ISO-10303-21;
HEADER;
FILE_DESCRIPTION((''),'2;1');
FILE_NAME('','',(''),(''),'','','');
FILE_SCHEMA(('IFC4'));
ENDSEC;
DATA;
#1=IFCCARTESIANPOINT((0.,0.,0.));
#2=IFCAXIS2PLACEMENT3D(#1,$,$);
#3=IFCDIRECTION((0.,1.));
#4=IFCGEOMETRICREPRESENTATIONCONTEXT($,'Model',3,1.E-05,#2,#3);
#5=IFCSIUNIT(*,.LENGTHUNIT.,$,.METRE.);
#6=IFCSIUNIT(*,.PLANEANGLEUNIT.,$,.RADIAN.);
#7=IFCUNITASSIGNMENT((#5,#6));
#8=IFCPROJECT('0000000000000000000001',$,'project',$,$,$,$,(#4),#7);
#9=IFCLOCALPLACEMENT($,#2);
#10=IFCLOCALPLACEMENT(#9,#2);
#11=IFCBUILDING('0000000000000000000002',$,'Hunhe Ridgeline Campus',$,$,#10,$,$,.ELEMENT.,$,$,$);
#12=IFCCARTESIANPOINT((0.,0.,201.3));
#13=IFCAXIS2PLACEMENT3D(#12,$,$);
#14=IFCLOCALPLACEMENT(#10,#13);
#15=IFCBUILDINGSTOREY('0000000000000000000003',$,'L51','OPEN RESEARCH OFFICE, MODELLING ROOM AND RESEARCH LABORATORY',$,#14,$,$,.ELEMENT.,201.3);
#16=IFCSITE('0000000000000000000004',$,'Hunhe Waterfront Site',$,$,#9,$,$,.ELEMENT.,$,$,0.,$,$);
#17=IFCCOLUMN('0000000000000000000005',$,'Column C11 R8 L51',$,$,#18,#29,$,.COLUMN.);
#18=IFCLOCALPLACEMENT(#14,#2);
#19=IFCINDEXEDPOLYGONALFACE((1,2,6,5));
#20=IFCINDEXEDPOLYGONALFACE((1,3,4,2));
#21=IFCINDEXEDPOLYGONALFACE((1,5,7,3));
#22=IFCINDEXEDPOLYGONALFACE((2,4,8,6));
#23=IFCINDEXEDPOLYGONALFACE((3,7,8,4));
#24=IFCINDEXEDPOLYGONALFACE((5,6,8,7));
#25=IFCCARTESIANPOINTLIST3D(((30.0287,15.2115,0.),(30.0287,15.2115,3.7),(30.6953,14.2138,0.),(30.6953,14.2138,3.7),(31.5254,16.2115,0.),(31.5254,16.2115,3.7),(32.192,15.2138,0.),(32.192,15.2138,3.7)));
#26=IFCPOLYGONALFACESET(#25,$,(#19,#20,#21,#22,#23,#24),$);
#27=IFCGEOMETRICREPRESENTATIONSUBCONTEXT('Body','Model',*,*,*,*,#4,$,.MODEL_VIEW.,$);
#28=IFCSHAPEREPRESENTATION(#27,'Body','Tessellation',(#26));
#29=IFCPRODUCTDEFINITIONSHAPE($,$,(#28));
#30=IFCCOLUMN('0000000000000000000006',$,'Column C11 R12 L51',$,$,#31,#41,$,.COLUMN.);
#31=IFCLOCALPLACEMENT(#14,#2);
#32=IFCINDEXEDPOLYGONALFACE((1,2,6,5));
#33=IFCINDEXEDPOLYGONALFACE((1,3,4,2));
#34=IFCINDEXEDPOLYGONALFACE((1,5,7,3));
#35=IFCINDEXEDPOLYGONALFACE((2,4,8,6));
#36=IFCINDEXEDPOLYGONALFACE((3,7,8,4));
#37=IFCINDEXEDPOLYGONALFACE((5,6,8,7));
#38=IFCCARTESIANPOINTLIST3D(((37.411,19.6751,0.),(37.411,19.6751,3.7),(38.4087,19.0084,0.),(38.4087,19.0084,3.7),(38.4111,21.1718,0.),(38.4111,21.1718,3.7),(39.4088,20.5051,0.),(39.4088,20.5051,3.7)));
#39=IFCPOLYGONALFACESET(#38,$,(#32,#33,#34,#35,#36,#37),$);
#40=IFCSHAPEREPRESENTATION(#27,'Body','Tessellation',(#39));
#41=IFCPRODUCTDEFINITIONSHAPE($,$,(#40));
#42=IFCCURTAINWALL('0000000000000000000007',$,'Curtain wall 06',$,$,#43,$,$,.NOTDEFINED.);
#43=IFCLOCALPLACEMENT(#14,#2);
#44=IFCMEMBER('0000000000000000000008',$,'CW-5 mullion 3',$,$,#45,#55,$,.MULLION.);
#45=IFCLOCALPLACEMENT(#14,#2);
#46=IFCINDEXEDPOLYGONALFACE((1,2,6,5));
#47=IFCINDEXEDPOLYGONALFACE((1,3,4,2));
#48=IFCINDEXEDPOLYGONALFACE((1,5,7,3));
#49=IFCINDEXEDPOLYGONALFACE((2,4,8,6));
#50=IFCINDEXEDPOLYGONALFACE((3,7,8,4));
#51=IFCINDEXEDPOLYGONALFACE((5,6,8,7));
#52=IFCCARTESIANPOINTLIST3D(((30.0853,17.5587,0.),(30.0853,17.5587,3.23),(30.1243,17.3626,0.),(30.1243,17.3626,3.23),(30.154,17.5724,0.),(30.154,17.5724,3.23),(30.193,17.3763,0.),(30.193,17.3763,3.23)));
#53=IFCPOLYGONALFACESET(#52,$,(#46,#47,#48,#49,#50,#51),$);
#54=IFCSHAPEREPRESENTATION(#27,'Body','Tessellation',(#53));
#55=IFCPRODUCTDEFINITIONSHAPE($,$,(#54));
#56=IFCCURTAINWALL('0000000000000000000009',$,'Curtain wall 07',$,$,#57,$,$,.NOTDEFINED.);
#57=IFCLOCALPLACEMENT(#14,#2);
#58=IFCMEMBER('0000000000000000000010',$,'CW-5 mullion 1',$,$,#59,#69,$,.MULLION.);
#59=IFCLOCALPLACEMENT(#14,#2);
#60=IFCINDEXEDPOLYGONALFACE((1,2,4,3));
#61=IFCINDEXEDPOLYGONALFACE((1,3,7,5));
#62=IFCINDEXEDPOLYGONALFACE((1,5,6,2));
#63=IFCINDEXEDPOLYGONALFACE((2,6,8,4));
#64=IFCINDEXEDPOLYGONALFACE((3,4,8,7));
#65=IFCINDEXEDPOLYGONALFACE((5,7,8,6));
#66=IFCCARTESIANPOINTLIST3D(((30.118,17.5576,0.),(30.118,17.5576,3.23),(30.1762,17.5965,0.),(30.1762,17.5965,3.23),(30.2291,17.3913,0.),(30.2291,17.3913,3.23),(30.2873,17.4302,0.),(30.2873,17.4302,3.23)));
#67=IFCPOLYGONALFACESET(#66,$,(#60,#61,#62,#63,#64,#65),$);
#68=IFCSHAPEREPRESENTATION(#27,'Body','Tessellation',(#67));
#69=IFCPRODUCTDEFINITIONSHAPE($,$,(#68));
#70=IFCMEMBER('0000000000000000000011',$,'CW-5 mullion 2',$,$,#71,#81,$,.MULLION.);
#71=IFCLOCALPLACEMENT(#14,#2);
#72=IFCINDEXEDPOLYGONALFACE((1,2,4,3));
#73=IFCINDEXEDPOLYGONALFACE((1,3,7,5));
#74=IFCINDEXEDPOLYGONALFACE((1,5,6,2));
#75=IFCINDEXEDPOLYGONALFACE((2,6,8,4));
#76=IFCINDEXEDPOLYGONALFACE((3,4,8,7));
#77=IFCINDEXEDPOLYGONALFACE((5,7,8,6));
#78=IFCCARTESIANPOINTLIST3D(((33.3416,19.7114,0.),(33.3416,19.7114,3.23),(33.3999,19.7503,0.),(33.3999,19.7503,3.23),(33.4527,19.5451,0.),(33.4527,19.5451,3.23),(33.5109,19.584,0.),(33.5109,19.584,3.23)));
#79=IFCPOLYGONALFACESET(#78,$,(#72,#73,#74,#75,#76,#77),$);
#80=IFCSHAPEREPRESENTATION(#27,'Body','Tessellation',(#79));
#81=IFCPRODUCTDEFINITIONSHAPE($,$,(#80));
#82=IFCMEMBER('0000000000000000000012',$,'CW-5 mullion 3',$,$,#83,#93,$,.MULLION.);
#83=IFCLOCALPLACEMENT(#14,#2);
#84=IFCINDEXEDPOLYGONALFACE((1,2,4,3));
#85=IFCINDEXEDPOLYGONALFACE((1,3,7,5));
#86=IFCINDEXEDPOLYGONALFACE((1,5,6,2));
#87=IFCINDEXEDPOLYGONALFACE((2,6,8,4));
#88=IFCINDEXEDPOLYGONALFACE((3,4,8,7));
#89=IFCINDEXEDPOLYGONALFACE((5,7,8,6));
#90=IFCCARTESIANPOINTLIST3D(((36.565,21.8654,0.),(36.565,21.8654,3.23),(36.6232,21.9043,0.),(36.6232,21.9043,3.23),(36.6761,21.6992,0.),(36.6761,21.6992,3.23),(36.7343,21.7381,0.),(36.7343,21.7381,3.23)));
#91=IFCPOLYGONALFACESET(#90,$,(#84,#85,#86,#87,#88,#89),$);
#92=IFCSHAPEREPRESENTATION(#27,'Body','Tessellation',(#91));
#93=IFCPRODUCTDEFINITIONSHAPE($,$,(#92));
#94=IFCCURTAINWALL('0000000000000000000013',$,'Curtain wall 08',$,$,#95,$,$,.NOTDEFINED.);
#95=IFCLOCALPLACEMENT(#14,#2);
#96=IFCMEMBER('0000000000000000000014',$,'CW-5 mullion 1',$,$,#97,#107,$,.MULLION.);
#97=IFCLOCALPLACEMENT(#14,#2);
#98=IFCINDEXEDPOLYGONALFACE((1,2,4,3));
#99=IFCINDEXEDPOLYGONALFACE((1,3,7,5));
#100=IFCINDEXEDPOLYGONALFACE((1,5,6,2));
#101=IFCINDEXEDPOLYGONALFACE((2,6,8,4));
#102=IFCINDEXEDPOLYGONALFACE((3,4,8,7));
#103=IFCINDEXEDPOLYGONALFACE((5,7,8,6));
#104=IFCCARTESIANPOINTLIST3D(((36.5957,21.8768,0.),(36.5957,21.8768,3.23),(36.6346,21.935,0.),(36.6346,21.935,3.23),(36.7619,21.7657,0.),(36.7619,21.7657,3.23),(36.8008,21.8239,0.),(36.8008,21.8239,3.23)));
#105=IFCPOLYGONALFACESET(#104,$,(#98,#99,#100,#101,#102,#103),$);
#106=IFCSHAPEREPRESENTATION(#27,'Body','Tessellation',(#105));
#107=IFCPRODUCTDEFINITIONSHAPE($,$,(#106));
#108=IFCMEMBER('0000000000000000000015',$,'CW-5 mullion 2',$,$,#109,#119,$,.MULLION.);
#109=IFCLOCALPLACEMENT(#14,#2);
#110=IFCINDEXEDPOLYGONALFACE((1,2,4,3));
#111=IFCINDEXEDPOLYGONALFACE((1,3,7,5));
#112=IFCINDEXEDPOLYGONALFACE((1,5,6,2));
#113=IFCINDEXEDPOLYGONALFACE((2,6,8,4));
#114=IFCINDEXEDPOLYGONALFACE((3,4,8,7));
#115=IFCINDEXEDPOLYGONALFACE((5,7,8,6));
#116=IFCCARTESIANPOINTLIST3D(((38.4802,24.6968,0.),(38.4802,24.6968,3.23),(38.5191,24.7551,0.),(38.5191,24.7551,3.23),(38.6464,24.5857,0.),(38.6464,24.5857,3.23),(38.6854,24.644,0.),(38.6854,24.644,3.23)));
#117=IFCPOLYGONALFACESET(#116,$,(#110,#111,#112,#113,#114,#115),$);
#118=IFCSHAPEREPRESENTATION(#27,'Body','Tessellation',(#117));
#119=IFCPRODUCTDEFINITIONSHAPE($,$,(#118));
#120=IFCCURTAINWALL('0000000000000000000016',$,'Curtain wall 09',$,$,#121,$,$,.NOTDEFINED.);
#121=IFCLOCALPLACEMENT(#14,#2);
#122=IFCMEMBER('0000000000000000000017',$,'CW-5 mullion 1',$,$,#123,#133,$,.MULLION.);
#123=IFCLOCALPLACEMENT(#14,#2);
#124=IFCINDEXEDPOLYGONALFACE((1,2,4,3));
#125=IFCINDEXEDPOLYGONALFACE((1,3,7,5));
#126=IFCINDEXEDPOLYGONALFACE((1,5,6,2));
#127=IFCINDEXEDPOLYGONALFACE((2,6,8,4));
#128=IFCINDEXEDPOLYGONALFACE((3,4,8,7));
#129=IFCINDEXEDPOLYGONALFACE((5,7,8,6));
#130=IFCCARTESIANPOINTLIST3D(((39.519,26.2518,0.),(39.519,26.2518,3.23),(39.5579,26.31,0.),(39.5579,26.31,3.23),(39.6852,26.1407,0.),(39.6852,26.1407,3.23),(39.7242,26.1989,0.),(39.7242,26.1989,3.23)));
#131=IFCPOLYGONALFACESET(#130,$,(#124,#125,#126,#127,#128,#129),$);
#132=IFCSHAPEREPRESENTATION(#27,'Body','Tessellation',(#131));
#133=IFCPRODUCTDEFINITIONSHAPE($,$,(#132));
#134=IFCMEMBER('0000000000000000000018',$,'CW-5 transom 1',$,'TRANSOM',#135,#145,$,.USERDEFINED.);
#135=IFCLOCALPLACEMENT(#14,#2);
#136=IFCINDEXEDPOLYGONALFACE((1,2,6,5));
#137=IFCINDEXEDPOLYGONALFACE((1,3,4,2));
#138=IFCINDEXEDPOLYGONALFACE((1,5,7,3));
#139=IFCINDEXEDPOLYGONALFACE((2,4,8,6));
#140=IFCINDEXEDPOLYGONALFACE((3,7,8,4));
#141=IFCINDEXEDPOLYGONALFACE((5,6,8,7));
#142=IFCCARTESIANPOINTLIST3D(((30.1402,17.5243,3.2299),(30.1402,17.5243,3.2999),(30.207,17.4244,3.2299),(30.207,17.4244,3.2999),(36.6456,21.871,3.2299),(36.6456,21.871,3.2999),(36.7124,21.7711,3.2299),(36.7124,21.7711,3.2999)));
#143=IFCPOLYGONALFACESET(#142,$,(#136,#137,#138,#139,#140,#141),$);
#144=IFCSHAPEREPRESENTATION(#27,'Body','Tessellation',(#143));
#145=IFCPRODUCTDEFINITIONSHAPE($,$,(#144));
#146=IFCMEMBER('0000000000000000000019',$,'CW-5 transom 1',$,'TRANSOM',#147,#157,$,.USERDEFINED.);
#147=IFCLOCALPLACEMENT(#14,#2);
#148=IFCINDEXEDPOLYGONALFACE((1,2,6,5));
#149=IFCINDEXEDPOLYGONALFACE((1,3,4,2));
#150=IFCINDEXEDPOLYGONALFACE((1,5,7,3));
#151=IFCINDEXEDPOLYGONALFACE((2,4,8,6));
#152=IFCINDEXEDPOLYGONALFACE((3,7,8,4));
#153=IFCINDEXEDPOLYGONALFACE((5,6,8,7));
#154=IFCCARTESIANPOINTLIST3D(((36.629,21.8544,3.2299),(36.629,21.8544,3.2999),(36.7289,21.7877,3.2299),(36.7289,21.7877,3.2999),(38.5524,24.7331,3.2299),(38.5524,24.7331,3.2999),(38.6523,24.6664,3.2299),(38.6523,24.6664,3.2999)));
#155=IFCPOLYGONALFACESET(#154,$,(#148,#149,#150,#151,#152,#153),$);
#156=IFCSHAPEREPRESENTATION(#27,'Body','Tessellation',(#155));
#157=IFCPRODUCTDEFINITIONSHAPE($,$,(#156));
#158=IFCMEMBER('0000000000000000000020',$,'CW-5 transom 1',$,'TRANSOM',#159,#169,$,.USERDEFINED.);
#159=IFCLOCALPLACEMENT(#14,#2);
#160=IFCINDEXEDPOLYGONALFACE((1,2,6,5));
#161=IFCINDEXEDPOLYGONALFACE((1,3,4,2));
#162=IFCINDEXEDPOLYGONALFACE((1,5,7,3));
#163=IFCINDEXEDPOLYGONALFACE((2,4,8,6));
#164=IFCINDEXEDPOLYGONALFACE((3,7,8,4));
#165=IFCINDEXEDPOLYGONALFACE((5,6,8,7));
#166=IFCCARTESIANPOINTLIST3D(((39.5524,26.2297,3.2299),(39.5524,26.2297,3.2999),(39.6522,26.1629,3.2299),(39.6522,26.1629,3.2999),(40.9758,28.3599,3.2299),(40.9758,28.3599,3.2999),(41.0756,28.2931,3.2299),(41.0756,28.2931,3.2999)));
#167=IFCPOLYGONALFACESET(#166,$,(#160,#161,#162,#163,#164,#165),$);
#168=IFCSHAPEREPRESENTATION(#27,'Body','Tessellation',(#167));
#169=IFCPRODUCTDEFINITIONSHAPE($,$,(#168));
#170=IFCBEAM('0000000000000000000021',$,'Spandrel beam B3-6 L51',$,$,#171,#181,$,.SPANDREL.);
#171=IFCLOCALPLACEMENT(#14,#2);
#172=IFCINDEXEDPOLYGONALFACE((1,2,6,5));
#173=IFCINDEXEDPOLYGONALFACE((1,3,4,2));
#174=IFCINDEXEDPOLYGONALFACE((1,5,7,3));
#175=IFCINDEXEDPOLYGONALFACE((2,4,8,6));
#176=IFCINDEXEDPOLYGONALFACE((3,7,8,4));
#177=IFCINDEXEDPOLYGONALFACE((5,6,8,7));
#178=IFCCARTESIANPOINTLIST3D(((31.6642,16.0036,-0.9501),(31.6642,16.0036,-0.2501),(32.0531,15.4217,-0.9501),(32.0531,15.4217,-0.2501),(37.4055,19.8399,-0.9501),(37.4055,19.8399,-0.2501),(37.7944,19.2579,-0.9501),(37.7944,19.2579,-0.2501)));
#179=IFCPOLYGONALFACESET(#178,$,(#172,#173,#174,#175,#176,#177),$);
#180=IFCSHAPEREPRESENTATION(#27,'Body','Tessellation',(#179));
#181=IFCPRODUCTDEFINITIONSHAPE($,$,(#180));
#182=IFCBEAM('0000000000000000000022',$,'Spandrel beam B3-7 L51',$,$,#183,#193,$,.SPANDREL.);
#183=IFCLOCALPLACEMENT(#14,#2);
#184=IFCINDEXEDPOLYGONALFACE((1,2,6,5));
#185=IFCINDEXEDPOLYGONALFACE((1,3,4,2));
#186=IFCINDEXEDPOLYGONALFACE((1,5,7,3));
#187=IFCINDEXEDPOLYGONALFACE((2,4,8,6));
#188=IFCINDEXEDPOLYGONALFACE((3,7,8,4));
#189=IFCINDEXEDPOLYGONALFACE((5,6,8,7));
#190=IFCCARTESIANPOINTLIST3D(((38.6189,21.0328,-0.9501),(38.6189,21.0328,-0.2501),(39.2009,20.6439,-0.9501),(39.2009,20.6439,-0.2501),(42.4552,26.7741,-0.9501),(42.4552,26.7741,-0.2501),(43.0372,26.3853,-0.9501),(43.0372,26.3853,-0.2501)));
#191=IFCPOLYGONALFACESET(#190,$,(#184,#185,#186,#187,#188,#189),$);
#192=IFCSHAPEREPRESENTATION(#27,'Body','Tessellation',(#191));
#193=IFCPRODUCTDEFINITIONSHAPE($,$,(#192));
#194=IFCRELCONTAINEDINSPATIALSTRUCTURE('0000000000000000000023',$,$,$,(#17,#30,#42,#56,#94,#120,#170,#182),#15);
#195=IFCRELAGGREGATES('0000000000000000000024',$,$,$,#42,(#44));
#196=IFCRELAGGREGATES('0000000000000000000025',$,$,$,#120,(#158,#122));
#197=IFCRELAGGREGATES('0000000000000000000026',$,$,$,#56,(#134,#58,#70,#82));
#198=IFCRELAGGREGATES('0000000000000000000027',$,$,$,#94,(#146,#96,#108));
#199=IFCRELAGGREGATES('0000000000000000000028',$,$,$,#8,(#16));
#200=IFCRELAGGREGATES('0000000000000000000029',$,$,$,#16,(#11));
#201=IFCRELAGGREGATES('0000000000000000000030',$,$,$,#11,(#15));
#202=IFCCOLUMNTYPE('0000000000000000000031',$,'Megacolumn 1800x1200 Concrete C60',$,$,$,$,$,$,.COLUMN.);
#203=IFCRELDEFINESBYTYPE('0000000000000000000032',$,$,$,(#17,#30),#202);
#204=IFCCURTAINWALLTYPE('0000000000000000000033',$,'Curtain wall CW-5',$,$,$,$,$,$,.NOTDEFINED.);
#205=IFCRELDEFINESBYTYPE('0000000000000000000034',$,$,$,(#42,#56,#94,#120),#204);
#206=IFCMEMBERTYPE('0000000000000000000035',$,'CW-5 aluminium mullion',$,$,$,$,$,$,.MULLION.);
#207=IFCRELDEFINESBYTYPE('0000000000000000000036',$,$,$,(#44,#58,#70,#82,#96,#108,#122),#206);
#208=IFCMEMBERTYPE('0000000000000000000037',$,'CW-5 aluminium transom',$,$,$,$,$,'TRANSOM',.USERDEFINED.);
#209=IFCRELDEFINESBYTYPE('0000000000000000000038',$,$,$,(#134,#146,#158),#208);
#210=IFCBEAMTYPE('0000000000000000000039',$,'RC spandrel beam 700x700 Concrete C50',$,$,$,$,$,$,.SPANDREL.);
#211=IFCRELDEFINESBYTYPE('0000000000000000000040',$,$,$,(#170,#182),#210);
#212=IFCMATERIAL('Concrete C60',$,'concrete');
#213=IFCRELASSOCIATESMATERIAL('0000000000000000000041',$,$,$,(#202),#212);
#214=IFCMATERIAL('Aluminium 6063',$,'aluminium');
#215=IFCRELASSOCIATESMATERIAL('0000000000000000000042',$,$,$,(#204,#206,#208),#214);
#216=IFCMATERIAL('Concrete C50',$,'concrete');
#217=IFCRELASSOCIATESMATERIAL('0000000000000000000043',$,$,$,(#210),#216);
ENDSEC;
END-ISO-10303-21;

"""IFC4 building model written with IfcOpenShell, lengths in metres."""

from ifc_helpers import new_model, si_unit, direction, frame, origin, origin_2d, place, context, subcontext, project, spatial, rectangle, extrude, material, material_profile, profile_set, type_object, element, aggregate, save


model = new_model("IFC4")

# Units and contexts
model_context = context("Model", 3, precision=1e-05, world=origin(), true_north=direction((0.0, 1.0)))
body_context = subcontext(model_context, "Body", "Model", "MODEL_VIEW")
ifc_project = project(units=[si_unit("LENGTHUNIT", "METRE"), si_unit("PLANEANGLEUNIT", "RADIAN")], contexts=[model_context])

# Site, building, storey
site_placement = place(None, origin())
site = spatial("IfcSite", under=ifc_project, at=site_placement, Name="Hunhe Waterfront Site", CompositionType="ELEMENT", RefElevation=0.0)
building_placement = place(site_placement, origin())
building = spatial("IfcBuilding", under=site, at=building_placement, Name="Hunhe Ridgeline Campus", CompositionType="ELEMENT")
storey_placement = place(building_placement, frame((0.0, 0.0, 201.3)))
storey = spatial("IfcBuildingStorey", under=building, at=storey_placement, Name="L51", Description="OPEN RESEARCH OFFICE, MODELLING ROOM AND RESEARCH LABORATORY", CompositionType="ELEMENT", Elevation=201.3)

# Columns
ifc_material_1 = material(Name="Concrete C60", Category="concrete")
ifc_material_profile_1 = material_profile(ifc_material_1, rectangle(XDim=1.8, YDim=1.2, at=origin_2d()))
ifc_profile_set_1 = profile_set([ifc_material_profile_1], Name="Concrete C60")
column_type = type_object("IfcColumnType", Name="Megacolumn 1800x1200 Concrete C60", PredefinedType="COLUMN", material=ifc_profile_set_1)
for number, where, z_axis, x_axis, name in (
    (1, (31.1104, 15.2126, 0.0), (0.0, 0.0, 1.0), (0.83147, 0.55557, 0.0), "Column C11 R8 L51"),
    (2, (38.4099, 20.0901, 0.0), (0.0, 0.0, 1.0), (0.55557, 0.83147, 0.0), "Column C11 R12 L51"),
):
    element("IfcColumn", number, at=place(storey_placement, frame(where, z_axis=z_axis, x_axis=x_axis)), inside=storey, type_object=column_type, Name=name, PredefinedType="COLUMN", context=body_context, shape_type="SweptSolid", body=[
        extrude(rectangle(XDim=1.8, YDim=1.2, at=origin_2d()), origin(), (0.0, 0.0, 1.0), 3.7),
    ])

# Curtain wall, member
ifc_material_2 = material(Name="Aluminium 6063", Category="aluminium")
curtain_wall_type = type_object("IfcCurtainWallType", Name="Curtain wall CW-5", PredefinedType="NOTDEFINED", material=ifc_material_2)
curtain_wall_1_placement = place(storey_placement, origin())
curtain_wall_1 = element("IfcCurtainWall", 3, at=curtain_wall_1_placement, inside=storey, type_object=curtain_wall_type, Name="Curtain wall 06", PredefinedType="NOTDEFINED")
ifc_material_profile_2 = material_profile(ifc_material_2, rectangle(XDim=0.2, YDim=0.0701, at=origin_2d()))
ifc_profile_set_2 = profile_set([ifc_material_profile_2], Name="Aluminium 6063")
member_type_1 = type_object("IfcMemberType", Name="CW-5 aluminium mullion", PredefinedType="MULLION", material=ifc_profile_set_2)
member_1_placement = place(storey_placement, frame((30.1392, 17.4675, 0.0), z_axis=(0.0, 0.0, 1.0), x_axis=(-0.19509, 0.980785, 0.0)))
member_1 = element("IfcMember", 4, at=member_1_placement, type_object=member_type_1, Name="CW-5 mullion 3", PredefinedType="MULLION", context=body_context, shape_type="SweptSolid", body=[
    extrude(rectangle(XDim=0.2, YDim=0.0701, at=origin_2d()), origin(), (0.0, 0.0, 1.0), 3.23),
])
aggregate(curtain_wall_1, [member_1])

# Curtain walls, members
curtain_wall_2_placement = place(storey_placement, origin())
curtain_wall_2 = element("IfcCurtainWall", 5, at=curtain_wall_2_placement, inside=storey, type_object=curtain_wall_type, Name="Curtain wall 07", PredefinedType="NOTDEFINED")
member_2_placement = place(storey_placement, frame((30.2026, 17.4939, 0.0), z_axis=(0.0, 0.0, 1.0), x_axis=(-0.55557, 0.83147, 0.0)))
member_2 = element("IfcMember", 6, at=member_2_placement, type_object=member_type_1, Name="CW-5 mullion 1", PredefinedType="MULLION", context=body_context, shape_type="SweptSolid", body=[
    extrude(rectangle(XDim=0.2, YDim=0.0701, at=origin_2d()), origin(), (0.0, 0.0, 1.0), 3.23),
])
member_3_placement = place(storey_placement, frame((33.4263, 19.6477, 0.0), z_axis=(0.0, 0.0, 1.0), x_axis=(-0.55557, 0.83147, 0.0)))
member_3 = element("IfcMember", 7, at=member_3_placement, type_object=member_type_1, Name="CW-5 mullion 2", PredefinedType="MULLION", context=body_context, shape_type="SweptSolid", body=[
    extrude(rectangle(XDim=0.2, YDim=0.0701, at=origin_2d()), origin(), (0.0, 0.0, 1.0), 3.23),
])
member_4_placement = place(storey_placement, frame((36.6497, 21.8018, 0.0), z_axis=(0.0, 0.0, 1.0), x_axis=(-0.55557, 0.83147, 0.0)))
member_4 = element("IfcMember", 8, at=member_4_placement, type_object=member_type_1, Name="CW-5 mullion 3", PredefinedType="MULLION", context=body_context, shape_type="SweptSolid", body=[
    extrude(rectangle(XDim=0.2, YDim=0.0701, at=origin_2d()), origin(), (0.0, 0.0, 1.0), 3.23),
])
curtain_wall_3_placement = place(storey_placement, origin())
curtain_wall_3 = element("IfcCurtainWall", 9, at=curtain_wall_3_placement, inside=storey, type_object=curtain_wall_type, Name="Curtain wall 08", PredefinedType="NOTDEFINED")
member_5_placement = place(storey_placement, frame((36.6982, 21.8503, 0.0), z_axis=(0.0, 0.0, 1.0), x_axis=(-0.83147, 0.55557, 0.0)))
member_5 = element("IfcMember", 10, at=member_5_placement, type_object=member_type_1, Name="CW-5 mullion 1", PredefinedType="MULLION", context=body_context, shape_type="SweptSolid", body=[
    extrude(rectangle(XDim=0.2, YDim=0.0701, at=origin_2d()), origin(), (0.0, 0.0, 1.0), 3.23),
])
member_6_placement = place(storey_placement, frame((38.5828, 24.6704, 0.0), z_axis=(0.0, 0.0, 1.0), x_axis=(-0.83147, 0.55557, 0.0)))
member_6 = element("IfcMember", 11, at=member_6_placement, type_object=member_type_1, Name="CW-5 mullion 2", PredefinedType="MULLION", context=body_context, shape_type="SweptSolid", body=[
    extrude(rectangle(XDim=0.2, YDim=0.0701, at=origin_2d()), origin(), (0.0, 0.0, 1.0), 3.23),
])

# Curtain wall, member
curtain_wall_4_placement = place(storey_placement, origin())
curtain_wall_4 = element("IfcCurtainWall", 12, at=curtain_wall_4_placement, inside=storey, type_object=curtain_wall_type, Name="Curtain wall 09", PredefinedType="NOTDEFINED")
member_7_placement = place(storey_placement, frame((39.6216, 26.2253, 0.0), z_axis=(0.0, 0.0, 1.0), x_axis=(-0.83147, 0.55557, 0.0)))
member_7 = element("IfcMember", 13, at=member_7_placement, type_object=member_type_1, Name="CW-5 mullion 1", PredefinedType="MULLION", context=body_context, shape_type="SweptSolid", body=[
    extrude(rectangle(XDim=0.2, YDim=0.0701, at=origin_2d()), origin(), (0.0, 0.0, 1.0), 3.23),
])

# Members
ifc_material_profile_3 = material_profile(ifc_material_2, rectangle(XDim=0.1201, YDim=0.0701, at=origin_2d()))
ifc_profile_set_3 = profile_set([ifc_material_profile_3], Name="Aluminium 6063")
member_type_2 = type_object("IfcMemberType", Name="CW-5 aluminium transom", ElementType="TRANSOM", PredefinedType="USERDEFINED", material=ifc_profile_set_3)
member_8_placement = place(storey_placement, frame((30.1736, 17.4744, 3.2649), z_axis=(0.831474, 0.555564, 0.0), x_axis=(-0.555564, 0.831474, 0.0)))
member_8 = element("IfcMember", 14, at=member_8_placement, type_object=member_type_2, Name="CW-5 transom 1", ObjectType="TRANSOM", PredefinedType="USERDEFINED", context=body_context, shape_type="SweptSolid", body=[
    extrude(rectangle(XDim=0.1201, YDim=0.0701, at=origin_2d()), origin(), (0.0, 0.0, 1.0), 7.824),
])
member_9_placement = place(storey_placement, frame((36.679, 21.821, 3.2649), z_axis=(0.555546, 0.831486, 0.0), x_axis=(-0.831486, 0.555546, 0.0)))
member_9 = element("IfcMember", 15, at=member_9_placement, type_object=member_type_2, Name="CW-5 transom 1", ObjectType="TRANSOM", PredefinedType="USERDEFINED", context=body_context, shape_type="SweptSolid", body=[
    extrude(rectangle(XDim=0.1201, YDim=0.0701, at=origin_2d()), origin(), (0.0, 0.0, 1.0), 3.4622),
])
member_10_placement = place(storey_placement, frame((39.6023, 26.1963, 3.2649), z_axis=(0.55558, 0.831463, 0.0), x_axis=(-0.831463, 0.55558, 0.0)))
member_10 = element("IfcMember", 16, at=member_10_placement, type_object=member_type_2, Name="CW-5 transom 1", ObjectType="TRANSOM", PredefinedType="USERDEFINED", context=body_context, shape_type="SweptSolid", body=[
    extrude(rectangle(XDim=0.1201, YDim=0.0701, at=origin_2d()), origin(), (0.0, 0.0, 1.0), 2.562),
])
aggregate(curtain_wall_4, [member_10, member_7])

# Beams
ifc_material_3 = material(Name="Concrete C50", Category="concrete")
ifc_material_profile_4 = material_profile(ifc_material_3, rectangle(XDim=0.7, YDim=0.7, at=origin_2d()))
ifc_profile_set_4 = profile_set([ifc_material_profile_4], Name="Concrete C50")
beam_type = type_object("IfcBeamType", Name="RC spandrel beam 700x700 Concrete C50", PredefinedType="SPANDREL", material=ifc_profile_set_4)
for number, where, z_axis, x_axis, name in (
    (17, (31.8586, 15.7126, -0.6001), (0.831468, 0.555573, 0.0), (-0.555573, 0.831468, 0.0), "Spandrel beam B3-6 L51"),
    (18, (38.9099, 20.8384, -0.6001), (0.555573, 0.831468, 0.0), (-0.831468, 0.555573, 0.0), "Spandrel beam B3-7 L51"),
):
    element("IfcBeam", number, at=place(storey_placement, frame(where, z_axis=z_axis, x_axis=x_axis)), inside=storey, type_object=beam_type, Name=name, PredefinedType="SPANDREL", context=body_context, shape_type="SweptSolid", body=[
        extrude(rectangle(XDim=0.7, YDim=0.7, at=origin_2d()), origin(), (0.0, 0.0, 1.0), 6.905),
    ])

aggregate(curtain_wall_2, [member_8, member_2, member_3, member_4])
aggregate(curtain_wall_3, [member_9, member_5, member_6])

save(model, "model.ifc")
